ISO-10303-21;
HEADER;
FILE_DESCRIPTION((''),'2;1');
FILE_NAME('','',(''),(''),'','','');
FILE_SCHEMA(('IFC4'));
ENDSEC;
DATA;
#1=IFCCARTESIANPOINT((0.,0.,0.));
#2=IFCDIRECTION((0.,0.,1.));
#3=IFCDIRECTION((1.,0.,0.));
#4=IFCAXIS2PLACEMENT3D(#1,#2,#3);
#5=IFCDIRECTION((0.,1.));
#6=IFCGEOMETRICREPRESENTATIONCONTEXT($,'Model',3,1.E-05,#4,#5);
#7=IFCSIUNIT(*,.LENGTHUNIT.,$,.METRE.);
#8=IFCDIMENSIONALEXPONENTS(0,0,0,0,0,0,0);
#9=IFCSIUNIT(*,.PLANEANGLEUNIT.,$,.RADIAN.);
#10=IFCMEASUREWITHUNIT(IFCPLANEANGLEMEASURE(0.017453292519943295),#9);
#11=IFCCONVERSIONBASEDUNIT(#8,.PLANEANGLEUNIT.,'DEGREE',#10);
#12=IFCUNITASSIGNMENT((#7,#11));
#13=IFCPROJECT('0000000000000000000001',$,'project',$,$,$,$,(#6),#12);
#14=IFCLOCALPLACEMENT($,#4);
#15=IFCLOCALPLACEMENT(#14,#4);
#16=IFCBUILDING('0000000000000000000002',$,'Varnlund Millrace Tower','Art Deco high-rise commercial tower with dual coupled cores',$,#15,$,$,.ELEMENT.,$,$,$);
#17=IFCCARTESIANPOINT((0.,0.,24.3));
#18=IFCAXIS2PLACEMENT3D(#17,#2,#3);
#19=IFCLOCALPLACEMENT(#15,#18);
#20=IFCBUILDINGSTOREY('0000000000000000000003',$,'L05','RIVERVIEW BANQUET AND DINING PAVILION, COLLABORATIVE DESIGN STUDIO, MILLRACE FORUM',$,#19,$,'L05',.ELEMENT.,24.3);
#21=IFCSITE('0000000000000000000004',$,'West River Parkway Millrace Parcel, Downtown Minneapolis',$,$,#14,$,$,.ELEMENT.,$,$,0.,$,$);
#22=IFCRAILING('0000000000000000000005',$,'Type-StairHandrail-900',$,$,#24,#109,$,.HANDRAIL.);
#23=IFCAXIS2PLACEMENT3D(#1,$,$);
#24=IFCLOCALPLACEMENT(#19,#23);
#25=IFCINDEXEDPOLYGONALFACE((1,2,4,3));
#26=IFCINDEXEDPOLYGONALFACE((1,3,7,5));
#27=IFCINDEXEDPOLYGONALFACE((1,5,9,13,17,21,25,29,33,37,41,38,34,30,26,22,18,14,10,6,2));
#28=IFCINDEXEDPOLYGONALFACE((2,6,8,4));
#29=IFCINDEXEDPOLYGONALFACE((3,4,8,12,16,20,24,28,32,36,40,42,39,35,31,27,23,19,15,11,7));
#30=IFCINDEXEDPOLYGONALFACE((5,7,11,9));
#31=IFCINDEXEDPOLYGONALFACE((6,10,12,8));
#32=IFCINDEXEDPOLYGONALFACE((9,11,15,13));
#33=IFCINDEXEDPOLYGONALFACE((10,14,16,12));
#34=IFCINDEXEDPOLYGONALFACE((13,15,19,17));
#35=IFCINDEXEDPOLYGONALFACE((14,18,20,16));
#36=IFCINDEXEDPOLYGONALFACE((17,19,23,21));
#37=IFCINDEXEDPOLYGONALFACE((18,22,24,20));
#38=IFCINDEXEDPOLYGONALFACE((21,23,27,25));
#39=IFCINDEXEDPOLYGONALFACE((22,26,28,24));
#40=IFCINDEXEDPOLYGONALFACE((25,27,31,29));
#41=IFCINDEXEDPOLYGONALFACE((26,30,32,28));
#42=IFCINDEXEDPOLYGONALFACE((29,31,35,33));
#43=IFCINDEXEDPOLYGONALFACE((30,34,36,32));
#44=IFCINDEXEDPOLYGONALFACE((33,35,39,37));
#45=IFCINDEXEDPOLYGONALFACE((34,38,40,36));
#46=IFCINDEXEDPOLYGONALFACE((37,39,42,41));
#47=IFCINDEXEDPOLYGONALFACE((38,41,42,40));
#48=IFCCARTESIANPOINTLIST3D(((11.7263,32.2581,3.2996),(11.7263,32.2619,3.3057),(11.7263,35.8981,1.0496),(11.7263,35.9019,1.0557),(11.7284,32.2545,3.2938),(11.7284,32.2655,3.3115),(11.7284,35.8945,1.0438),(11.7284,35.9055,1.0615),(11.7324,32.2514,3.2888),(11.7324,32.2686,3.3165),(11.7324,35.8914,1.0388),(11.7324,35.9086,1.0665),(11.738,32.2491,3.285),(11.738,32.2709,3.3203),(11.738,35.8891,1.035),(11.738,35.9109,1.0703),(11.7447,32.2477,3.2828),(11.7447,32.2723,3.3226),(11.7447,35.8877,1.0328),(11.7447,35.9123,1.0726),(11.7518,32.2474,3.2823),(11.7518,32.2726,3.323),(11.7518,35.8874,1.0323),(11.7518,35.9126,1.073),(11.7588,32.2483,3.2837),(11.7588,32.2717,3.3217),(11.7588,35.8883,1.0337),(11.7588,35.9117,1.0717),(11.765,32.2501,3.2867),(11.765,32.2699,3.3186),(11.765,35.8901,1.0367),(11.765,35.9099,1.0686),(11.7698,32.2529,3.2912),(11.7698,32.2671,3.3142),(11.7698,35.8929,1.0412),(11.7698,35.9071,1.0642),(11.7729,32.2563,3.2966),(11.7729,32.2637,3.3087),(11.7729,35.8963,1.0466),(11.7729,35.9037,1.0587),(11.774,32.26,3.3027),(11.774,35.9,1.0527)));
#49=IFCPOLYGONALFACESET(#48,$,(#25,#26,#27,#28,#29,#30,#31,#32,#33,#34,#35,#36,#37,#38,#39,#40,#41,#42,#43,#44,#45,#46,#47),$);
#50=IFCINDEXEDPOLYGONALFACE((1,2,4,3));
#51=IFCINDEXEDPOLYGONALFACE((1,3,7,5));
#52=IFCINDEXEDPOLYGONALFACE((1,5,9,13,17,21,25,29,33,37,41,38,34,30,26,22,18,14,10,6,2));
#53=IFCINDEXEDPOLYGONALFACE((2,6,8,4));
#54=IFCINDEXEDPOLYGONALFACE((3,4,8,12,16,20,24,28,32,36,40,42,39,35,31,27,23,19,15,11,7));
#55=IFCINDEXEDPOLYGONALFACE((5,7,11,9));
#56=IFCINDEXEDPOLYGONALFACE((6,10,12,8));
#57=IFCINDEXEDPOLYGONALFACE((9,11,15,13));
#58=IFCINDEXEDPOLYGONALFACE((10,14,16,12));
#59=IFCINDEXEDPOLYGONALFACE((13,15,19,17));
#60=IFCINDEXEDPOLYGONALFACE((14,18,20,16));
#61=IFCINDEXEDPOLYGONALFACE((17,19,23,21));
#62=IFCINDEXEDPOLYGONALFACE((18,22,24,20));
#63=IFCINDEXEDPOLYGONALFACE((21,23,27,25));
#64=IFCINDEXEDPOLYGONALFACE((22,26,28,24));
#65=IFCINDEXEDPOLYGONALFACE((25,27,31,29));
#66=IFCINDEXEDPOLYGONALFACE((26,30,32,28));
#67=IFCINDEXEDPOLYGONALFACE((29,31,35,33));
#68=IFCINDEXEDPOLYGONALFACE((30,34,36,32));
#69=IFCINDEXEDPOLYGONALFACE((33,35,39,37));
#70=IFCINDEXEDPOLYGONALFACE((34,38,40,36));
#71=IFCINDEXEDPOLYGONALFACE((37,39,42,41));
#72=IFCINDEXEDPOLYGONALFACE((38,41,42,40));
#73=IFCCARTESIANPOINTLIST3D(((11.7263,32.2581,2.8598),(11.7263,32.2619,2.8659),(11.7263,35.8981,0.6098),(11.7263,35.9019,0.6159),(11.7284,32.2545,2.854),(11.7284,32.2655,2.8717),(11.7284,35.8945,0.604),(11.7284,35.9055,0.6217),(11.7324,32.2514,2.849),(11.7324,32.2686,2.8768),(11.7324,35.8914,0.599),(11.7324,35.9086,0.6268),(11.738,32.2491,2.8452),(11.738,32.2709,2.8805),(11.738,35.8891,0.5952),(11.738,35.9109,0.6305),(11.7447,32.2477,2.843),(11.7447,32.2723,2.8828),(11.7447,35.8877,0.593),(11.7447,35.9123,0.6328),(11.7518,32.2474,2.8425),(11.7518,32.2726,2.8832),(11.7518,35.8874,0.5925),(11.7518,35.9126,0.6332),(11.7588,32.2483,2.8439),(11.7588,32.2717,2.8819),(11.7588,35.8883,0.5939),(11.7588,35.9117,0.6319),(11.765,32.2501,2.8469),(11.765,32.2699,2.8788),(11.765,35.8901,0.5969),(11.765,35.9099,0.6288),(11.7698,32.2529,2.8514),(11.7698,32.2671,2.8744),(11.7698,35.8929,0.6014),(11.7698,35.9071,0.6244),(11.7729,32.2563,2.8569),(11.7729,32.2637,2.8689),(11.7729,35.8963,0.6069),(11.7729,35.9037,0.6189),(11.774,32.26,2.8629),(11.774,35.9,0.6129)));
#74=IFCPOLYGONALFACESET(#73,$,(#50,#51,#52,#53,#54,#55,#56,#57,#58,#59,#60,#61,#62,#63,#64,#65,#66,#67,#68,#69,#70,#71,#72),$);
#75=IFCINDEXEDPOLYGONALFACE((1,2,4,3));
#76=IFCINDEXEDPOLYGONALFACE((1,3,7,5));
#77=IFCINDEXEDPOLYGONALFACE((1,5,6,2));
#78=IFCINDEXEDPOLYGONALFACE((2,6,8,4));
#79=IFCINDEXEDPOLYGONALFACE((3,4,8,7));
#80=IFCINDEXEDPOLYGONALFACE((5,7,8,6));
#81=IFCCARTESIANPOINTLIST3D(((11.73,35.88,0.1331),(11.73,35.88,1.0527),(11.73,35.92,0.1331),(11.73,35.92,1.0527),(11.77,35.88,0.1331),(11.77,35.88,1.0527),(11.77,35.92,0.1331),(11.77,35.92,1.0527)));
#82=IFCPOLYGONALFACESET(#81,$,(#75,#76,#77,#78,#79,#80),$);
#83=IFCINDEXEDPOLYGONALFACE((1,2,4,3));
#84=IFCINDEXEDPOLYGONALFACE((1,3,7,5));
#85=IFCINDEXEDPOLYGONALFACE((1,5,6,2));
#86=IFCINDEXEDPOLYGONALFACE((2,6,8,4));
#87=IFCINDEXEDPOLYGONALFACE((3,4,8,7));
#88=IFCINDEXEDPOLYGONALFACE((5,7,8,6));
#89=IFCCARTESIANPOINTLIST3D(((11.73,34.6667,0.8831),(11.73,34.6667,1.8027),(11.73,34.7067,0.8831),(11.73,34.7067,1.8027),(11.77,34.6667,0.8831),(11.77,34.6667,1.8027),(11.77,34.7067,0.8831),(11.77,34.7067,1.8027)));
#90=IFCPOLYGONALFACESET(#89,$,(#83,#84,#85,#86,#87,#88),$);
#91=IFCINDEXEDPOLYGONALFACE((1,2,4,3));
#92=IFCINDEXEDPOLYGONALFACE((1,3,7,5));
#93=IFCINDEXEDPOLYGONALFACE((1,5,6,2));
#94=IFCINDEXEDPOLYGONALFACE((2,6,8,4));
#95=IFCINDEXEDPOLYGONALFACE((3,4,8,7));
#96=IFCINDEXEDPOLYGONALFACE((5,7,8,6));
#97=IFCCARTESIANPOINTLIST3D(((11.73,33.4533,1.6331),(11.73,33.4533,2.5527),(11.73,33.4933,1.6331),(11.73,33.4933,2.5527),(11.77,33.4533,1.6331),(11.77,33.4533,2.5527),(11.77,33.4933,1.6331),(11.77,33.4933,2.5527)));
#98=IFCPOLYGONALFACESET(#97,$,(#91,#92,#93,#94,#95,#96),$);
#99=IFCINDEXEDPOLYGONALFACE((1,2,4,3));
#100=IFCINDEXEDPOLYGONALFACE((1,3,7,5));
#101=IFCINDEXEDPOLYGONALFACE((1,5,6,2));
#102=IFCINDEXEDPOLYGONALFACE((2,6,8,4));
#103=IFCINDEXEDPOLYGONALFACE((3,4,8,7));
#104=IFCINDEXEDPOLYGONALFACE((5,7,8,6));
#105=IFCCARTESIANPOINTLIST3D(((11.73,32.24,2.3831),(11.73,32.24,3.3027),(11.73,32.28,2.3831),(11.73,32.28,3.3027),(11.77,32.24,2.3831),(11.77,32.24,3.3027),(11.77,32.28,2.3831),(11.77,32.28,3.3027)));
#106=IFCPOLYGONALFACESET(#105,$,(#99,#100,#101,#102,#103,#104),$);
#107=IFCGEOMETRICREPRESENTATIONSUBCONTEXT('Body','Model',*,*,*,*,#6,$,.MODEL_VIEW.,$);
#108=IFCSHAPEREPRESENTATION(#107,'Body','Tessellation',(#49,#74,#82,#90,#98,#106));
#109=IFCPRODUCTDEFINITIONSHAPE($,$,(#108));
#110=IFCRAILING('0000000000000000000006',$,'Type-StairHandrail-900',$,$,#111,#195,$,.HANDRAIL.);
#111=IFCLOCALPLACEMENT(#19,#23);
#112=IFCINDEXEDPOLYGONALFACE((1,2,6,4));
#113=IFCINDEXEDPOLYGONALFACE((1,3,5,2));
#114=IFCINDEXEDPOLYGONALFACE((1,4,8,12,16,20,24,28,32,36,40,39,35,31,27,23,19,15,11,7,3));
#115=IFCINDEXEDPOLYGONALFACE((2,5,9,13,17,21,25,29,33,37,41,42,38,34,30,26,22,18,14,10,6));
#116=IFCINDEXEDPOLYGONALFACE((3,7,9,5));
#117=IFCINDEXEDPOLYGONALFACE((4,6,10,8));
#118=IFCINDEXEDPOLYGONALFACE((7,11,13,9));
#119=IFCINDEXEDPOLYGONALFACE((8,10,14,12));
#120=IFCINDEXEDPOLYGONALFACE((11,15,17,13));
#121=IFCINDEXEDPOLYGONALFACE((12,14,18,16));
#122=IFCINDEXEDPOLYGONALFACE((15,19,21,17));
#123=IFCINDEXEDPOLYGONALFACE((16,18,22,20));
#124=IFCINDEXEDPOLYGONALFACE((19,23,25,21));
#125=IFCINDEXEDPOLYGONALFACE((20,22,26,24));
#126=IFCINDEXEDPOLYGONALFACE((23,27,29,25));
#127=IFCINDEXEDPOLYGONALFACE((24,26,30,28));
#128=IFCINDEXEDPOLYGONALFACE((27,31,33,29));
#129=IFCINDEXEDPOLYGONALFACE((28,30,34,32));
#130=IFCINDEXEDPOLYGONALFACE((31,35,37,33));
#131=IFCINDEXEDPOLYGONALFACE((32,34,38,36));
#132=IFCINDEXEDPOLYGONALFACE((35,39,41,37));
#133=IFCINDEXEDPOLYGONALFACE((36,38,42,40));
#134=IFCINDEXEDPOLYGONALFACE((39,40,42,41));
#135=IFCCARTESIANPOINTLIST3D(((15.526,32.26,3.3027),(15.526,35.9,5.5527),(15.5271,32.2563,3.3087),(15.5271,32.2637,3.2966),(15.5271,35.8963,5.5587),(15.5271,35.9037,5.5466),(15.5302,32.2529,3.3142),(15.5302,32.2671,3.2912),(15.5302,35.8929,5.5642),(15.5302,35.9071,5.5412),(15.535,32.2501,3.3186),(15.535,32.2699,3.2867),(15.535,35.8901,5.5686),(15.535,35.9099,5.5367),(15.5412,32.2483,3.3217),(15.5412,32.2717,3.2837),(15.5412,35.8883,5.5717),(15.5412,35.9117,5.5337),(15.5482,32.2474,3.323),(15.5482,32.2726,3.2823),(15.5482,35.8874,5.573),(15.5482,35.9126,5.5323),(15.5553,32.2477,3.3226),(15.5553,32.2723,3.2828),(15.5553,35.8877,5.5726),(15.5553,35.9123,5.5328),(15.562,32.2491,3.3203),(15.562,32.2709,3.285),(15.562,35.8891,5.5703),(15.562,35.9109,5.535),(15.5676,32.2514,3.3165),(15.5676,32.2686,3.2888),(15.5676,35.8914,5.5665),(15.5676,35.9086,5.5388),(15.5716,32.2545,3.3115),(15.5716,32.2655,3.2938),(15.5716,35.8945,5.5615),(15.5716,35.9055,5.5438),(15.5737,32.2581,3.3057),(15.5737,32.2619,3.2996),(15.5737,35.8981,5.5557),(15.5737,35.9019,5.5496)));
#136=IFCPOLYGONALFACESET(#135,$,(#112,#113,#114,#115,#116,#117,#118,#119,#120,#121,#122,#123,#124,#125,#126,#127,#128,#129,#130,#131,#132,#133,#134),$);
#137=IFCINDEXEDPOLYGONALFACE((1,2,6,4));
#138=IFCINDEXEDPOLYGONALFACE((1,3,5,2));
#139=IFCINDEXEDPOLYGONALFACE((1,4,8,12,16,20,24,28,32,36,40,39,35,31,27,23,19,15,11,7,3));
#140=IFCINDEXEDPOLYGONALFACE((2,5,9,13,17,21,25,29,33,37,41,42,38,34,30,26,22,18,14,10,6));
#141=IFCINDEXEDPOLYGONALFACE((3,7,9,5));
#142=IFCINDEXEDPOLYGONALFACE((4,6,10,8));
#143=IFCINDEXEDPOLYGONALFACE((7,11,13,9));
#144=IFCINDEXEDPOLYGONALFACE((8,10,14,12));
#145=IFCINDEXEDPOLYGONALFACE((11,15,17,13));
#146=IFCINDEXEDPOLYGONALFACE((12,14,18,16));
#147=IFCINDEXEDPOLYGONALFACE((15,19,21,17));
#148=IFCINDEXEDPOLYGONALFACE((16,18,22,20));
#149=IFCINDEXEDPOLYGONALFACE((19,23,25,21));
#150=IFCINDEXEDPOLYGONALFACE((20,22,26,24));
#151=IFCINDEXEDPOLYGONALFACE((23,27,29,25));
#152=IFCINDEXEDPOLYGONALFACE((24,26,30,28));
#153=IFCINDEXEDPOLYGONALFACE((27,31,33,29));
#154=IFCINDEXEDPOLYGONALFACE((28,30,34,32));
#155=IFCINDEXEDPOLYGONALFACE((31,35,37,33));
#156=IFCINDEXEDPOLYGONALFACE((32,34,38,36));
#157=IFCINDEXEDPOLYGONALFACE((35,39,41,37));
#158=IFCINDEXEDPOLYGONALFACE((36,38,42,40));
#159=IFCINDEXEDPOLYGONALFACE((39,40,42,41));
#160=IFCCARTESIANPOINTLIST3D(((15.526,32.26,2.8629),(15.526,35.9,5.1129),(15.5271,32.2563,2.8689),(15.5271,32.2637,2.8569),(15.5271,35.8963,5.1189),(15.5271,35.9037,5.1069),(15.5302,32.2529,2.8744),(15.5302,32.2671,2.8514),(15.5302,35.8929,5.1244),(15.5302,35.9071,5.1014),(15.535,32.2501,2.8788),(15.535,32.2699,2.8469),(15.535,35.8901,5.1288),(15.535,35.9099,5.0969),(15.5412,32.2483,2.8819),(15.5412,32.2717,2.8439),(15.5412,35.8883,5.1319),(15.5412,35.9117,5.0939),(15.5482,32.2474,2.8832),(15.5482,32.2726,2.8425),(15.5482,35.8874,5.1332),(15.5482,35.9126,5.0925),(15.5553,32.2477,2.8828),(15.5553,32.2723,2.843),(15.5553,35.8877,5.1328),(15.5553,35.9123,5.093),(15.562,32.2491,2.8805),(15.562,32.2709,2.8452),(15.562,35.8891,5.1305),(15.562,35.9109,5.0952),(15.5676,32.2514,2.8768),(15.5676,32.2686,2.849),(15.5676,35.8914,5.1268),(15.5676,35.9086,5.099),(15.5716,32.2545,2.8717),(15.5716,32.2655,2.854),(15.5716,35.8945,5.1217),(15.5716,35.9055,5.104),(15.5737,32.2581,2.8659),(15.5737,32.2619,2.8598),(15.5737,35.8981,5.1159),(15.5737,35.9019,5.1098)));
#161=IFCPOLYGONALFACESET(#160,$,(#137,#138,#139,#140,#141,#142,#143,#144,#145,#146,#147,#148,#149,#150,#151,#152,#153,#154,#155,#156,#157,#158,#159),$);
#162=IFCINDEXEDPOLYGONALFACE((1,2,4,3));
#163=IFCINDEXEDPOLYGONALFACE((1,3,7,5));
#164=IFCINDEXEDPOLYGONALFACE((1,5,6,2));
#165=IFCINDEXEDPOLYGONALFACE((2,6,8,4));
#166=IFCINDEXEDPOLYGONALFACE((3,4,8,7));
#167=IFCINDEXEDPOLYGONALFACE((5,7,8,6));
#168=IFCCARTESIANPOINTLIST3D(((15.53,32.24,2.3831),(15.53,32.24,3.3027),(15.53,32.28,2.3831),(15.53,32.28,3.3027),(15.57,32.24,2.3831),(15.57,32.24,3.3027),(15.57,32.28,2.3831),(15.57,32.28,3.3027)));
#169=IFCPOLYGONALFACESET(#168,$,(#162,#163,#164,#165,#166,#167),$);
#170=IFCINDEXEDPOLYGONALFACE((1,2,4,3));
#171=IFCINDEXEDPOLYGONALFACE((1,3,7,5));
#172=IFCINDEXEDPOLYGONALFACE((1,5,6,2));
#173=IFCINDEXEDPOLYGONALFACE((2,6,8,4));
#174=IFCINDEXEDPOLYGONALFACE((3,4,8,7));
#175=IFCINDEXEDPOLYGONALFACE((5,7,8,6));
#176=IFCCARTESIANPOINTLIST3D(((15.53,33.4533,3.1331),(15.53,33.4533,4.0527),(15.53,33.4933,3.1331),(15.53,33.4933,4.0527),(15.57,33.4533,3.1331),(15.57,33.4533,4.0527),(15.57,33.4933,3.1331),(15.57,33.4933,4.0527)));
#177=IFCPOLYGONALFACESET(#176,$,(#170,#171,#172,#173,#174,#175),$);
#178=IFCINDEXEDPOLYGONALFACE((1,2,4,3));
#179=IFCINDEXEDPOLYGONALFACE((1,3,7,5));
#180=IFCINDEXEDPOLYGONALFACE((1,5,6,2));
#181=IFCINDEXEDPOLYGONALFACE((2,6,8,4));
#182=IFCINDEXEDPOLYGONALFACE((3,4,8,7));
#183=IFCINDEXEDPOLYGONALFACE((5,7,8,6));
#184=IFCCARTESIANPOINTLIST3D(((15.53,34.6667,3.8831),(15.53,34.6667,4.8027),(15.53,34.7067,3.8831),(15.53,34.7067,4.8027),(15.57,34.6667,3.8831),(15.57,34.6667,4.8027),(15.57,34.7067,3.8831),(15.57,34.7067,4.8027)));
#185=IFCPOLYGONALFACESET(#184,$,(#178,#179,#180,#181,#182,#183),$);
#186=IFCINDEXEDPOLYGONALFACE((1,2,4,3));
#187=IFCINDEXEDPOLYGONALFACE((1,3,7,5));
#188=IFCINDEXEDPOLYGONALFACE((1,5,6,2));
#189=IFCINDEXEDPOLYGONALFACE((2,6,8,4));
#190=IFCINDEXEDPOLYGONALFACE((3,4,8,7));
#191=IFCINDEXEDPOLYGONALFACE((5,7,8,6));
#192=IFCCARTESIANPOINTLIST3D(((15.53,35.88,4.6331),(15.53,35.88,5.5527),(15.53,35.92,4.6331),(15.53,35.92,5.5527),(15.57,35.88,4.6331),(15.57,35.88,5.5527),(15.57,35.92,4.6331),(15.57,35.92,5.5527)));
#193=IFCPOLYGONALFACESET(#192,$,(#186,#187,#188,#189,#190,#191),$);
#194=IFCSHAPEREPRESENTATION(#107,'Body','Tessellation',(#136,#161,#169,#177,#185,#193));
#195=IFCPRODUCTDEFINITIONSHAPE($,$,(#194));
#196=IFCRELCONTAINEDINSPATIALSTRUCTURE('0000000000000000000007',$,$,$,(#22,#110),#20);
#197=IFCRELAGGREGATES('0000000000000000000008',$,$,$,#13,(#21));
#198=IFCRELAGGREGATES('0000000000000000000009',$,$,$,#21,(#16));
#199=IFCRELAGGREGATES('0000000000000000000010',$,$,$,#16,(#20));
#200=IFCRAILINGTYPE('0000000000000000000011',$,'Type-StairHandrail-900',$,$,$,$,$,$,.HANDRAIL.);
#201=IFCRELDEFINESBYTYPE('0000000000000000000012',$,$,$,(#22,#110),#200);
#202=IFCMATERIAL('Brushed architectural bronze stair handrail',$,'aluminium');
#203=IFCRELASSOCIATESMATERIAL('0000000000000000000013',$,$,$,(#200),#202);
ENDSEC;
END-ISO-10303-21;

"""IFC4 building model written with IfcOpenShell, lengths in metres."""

from ifc_helpers import new_model, entity, si_unit, converted_unit, direction, frame, origin_with_axes, origin_2d_with_axis, place, context, subcontext, project, spatial, rectangle, circle, extrude, material, type_object, element, save


model = new_model("IFC4")

# Units and contexts
model_context = context("Model", 3, precision=1e-05, world=origin_with_axes(), true_north=direction((0.0, 1.0)))
body_context = subcontext(model_context, "Body", "Model", "MODEL_VIEW")
ifc_project = project(units=[si_unit("LENGTHUNIT", "METRE"), converted_unit("PLANEANGLEUNIT", "DEGREE", entity("IfcPlaneAngleMeasure", 0.017453292519943295), si_unit("PLANEANGLEUNIT", "RADIAN"), dimensions=[0, 0, 0, 0, 0, 0, 0])], contexts=[model_context])

# Site, building, storey
site_placement = place(None, origin_with_axes())
site = spatial("IfcSite", under=ifc_project, at=site_placement, Name="West River Parkway Millrace Parcel, Downtown Minneapolis", CompositionType="ELEMENT", RefElevation=0.0)
building_placement = place(site_placement, origin_with_axes())
building = spatial("IfcBuilding", under=site, at=building_placement, Name="Varnlund Millrace Tower", Description="Art Deco high-rise commercial tower with dual coupled cores", CompositionType="ELEMENT")
storey_placement = place(building_placement, frame((0.0, 0.0, 24.3), z_axis=(0.0, 0.0, 1.0), x_axis=(1.0, 0.0, 0.0)))
storey = spatial("IfcBuildingStorey", under=building, at=storey_placement, Name="L05", Description="RIVERVIEW BANQUET AND DINING PAVILION, COLLABORATIVE DESIGN STUDIO, MILLRACE FORUM", LongName="L05", CompositionType="ELEMENT", Elevation=24.3)

# Railings
ifc_material_1 = material(Name="Brushed architectural bronze stair handrail", Category="aluminium")
railing_type_1 = type_object("IfcRailingType", Name="Type-StairHandrail-900", PredefinedType="HANDRAIL", material=ifc_material_1)
railing_1_placement = place(storey_placement, frame((0.0, 0.0, -24.3), z_axis=(0.0, 0.0, 1.0), x_axis=(1.0, 0.0, 0.0)))
element("IfcRailing", 1, at=railing_1_placement, inside=storey, type_object=railing_type_1, Name="Type-StairHandrail-900", PredefinedType="HANDRAIL", context=body_context, shape_type="SweptSolid", body=[
    extrude(circle(Radius=0.024, at=origin_2d_with_axis()), frame((11.75, 35.9, 25.3527), z_axis=(0.0, -0.850614, 0.525791), x_axis=(1.0, 0.0, 0.0)), (0.0, 0.0, 1.0), 4.2793),
    extrude(circle(Radius=0.024, at=origin_2d_with_axis()), frame((11.75, 35.9, 24.9129), z_axis=(0.0, -0.850614, 0.525791), x_axis=(1.0, 0.0, 0.0)), (0.0, 0.0, 1.0), 4.2793),
    extrude(rectangle(XDim=0.04, YDim=0.04, at=origin_2d_with_axis()), frame((11.75, 35.9, 24.4331), z_axis=(0.0, 0.0, 1.0), x_axis=(1.0, 0.0, 0.0)), (0.0, 0.0, 1.0), 0.9196),
    extrude(rectangle(XDim=0.04, YDim=0.04, at=origin_2d_with_axis()), frame((11.75, 34.6867, 25.1831), z_axis=(0.0, 0.0, 1.0), x_axis=(1.0, 0.0, 0.0)), (0.0, 0.0, 1.0), 0.9196),
    extrude(rectangle(XDim=0.04, YDim=0.04, at=origin_2d_with_axis()), frame((11.75, 33.4733, 25.9331), z_axis=(0.0, 0.0, 1.0), x_axis=(1.0, 0.0, 0.0)), (0.0, 0.0, 1.0), 0.9196),
    extrude(rectangle(XDim=0.04, YDim=0.04, at=origin_2d_with_axis()), frame((11.75, 32.26, 26.6831), z_axis=(0.0, 0.0, 1.0), x_axis=(1.0, 0.0, 0.0)), (0.0, 0.0, 1.0), 0.9196),
])
railing_2_placement = place(storey_placement, frame((0.0, 0.0, -24.3), z_axis=(0.0, 0.0, 1.0), x_axis=(1.0, 0.0, 0.0)))
element("IfcRailing", 2, at=railing_2_placement, inside=storey, type_object=railing_type_1, Name="Type-StairHandrail-900", PredefinedType="HANDRAIL", context=body_context, shape_type="SweptSolid", body=[
    extrude(circle(Radius=0.024, at=origin_2d_with_axis()), frame((15.55, 32.26, 27.6027), z_axis=(0.0, 0.850614, 0.525791), x_axis=(-1.0, 0.0, 0.0)), (0.0, 0.0, 1.0), 4.2793),
    extrude(circle(Radius=0.024, at=origin_2d_with_axis()), frame((15.55, 32.26, 27.1629), z_axis=(0.0, 0.850614, 0.525791), x_axis=(-1.0, 0.0, 0.0)), (0.0, 0.0, 1.0), 4.2793),
    extrude(rectangle(XDim=0.04, YDim=0.04, at=origin_2d_with_axis()), frame((15.55, 32.26, 26.6831), z_axis=(0.0, 0.0, 1.0), x_axis=(1.0, 0.0, 0.0)), (0.0, 0.0, 1.0), 0.9196),
    extrude(rectangle(XDim=0.04, YDim=0.04, at=origin_2d_with_axis()), frame((15.55, 33.4733, 27.4331), z_axis=(0.0, 0.0, 1.0), x_axis=(1.0, 0.0, 0.0)), (0.0, 0.0, 1.0), 0.9196),
    extrude(rectangle(XDim=0.04, YDim=0.04, at=origin_2d_with_axis()), frame((15.55, 34.6867, 28.1831), z_axis=(0.0, 0.0, 1.0), x_axis=(1.0, 0.0, 0.0)), (0.0, 0.0, 1.0), 0.9196),
    extrude(rectangle(XDim=0.04, YDim=0.04, at=origin_2d_with_axis()), frame((15.55, 35.9, 28.9331), z_axis=(0.0, 0.0, 1.0), x_axis=(1.0, 0.0, 0.0)), (0.0, 0.0, 1.0), 0.9196),
])

save(model, "model.ifc")
